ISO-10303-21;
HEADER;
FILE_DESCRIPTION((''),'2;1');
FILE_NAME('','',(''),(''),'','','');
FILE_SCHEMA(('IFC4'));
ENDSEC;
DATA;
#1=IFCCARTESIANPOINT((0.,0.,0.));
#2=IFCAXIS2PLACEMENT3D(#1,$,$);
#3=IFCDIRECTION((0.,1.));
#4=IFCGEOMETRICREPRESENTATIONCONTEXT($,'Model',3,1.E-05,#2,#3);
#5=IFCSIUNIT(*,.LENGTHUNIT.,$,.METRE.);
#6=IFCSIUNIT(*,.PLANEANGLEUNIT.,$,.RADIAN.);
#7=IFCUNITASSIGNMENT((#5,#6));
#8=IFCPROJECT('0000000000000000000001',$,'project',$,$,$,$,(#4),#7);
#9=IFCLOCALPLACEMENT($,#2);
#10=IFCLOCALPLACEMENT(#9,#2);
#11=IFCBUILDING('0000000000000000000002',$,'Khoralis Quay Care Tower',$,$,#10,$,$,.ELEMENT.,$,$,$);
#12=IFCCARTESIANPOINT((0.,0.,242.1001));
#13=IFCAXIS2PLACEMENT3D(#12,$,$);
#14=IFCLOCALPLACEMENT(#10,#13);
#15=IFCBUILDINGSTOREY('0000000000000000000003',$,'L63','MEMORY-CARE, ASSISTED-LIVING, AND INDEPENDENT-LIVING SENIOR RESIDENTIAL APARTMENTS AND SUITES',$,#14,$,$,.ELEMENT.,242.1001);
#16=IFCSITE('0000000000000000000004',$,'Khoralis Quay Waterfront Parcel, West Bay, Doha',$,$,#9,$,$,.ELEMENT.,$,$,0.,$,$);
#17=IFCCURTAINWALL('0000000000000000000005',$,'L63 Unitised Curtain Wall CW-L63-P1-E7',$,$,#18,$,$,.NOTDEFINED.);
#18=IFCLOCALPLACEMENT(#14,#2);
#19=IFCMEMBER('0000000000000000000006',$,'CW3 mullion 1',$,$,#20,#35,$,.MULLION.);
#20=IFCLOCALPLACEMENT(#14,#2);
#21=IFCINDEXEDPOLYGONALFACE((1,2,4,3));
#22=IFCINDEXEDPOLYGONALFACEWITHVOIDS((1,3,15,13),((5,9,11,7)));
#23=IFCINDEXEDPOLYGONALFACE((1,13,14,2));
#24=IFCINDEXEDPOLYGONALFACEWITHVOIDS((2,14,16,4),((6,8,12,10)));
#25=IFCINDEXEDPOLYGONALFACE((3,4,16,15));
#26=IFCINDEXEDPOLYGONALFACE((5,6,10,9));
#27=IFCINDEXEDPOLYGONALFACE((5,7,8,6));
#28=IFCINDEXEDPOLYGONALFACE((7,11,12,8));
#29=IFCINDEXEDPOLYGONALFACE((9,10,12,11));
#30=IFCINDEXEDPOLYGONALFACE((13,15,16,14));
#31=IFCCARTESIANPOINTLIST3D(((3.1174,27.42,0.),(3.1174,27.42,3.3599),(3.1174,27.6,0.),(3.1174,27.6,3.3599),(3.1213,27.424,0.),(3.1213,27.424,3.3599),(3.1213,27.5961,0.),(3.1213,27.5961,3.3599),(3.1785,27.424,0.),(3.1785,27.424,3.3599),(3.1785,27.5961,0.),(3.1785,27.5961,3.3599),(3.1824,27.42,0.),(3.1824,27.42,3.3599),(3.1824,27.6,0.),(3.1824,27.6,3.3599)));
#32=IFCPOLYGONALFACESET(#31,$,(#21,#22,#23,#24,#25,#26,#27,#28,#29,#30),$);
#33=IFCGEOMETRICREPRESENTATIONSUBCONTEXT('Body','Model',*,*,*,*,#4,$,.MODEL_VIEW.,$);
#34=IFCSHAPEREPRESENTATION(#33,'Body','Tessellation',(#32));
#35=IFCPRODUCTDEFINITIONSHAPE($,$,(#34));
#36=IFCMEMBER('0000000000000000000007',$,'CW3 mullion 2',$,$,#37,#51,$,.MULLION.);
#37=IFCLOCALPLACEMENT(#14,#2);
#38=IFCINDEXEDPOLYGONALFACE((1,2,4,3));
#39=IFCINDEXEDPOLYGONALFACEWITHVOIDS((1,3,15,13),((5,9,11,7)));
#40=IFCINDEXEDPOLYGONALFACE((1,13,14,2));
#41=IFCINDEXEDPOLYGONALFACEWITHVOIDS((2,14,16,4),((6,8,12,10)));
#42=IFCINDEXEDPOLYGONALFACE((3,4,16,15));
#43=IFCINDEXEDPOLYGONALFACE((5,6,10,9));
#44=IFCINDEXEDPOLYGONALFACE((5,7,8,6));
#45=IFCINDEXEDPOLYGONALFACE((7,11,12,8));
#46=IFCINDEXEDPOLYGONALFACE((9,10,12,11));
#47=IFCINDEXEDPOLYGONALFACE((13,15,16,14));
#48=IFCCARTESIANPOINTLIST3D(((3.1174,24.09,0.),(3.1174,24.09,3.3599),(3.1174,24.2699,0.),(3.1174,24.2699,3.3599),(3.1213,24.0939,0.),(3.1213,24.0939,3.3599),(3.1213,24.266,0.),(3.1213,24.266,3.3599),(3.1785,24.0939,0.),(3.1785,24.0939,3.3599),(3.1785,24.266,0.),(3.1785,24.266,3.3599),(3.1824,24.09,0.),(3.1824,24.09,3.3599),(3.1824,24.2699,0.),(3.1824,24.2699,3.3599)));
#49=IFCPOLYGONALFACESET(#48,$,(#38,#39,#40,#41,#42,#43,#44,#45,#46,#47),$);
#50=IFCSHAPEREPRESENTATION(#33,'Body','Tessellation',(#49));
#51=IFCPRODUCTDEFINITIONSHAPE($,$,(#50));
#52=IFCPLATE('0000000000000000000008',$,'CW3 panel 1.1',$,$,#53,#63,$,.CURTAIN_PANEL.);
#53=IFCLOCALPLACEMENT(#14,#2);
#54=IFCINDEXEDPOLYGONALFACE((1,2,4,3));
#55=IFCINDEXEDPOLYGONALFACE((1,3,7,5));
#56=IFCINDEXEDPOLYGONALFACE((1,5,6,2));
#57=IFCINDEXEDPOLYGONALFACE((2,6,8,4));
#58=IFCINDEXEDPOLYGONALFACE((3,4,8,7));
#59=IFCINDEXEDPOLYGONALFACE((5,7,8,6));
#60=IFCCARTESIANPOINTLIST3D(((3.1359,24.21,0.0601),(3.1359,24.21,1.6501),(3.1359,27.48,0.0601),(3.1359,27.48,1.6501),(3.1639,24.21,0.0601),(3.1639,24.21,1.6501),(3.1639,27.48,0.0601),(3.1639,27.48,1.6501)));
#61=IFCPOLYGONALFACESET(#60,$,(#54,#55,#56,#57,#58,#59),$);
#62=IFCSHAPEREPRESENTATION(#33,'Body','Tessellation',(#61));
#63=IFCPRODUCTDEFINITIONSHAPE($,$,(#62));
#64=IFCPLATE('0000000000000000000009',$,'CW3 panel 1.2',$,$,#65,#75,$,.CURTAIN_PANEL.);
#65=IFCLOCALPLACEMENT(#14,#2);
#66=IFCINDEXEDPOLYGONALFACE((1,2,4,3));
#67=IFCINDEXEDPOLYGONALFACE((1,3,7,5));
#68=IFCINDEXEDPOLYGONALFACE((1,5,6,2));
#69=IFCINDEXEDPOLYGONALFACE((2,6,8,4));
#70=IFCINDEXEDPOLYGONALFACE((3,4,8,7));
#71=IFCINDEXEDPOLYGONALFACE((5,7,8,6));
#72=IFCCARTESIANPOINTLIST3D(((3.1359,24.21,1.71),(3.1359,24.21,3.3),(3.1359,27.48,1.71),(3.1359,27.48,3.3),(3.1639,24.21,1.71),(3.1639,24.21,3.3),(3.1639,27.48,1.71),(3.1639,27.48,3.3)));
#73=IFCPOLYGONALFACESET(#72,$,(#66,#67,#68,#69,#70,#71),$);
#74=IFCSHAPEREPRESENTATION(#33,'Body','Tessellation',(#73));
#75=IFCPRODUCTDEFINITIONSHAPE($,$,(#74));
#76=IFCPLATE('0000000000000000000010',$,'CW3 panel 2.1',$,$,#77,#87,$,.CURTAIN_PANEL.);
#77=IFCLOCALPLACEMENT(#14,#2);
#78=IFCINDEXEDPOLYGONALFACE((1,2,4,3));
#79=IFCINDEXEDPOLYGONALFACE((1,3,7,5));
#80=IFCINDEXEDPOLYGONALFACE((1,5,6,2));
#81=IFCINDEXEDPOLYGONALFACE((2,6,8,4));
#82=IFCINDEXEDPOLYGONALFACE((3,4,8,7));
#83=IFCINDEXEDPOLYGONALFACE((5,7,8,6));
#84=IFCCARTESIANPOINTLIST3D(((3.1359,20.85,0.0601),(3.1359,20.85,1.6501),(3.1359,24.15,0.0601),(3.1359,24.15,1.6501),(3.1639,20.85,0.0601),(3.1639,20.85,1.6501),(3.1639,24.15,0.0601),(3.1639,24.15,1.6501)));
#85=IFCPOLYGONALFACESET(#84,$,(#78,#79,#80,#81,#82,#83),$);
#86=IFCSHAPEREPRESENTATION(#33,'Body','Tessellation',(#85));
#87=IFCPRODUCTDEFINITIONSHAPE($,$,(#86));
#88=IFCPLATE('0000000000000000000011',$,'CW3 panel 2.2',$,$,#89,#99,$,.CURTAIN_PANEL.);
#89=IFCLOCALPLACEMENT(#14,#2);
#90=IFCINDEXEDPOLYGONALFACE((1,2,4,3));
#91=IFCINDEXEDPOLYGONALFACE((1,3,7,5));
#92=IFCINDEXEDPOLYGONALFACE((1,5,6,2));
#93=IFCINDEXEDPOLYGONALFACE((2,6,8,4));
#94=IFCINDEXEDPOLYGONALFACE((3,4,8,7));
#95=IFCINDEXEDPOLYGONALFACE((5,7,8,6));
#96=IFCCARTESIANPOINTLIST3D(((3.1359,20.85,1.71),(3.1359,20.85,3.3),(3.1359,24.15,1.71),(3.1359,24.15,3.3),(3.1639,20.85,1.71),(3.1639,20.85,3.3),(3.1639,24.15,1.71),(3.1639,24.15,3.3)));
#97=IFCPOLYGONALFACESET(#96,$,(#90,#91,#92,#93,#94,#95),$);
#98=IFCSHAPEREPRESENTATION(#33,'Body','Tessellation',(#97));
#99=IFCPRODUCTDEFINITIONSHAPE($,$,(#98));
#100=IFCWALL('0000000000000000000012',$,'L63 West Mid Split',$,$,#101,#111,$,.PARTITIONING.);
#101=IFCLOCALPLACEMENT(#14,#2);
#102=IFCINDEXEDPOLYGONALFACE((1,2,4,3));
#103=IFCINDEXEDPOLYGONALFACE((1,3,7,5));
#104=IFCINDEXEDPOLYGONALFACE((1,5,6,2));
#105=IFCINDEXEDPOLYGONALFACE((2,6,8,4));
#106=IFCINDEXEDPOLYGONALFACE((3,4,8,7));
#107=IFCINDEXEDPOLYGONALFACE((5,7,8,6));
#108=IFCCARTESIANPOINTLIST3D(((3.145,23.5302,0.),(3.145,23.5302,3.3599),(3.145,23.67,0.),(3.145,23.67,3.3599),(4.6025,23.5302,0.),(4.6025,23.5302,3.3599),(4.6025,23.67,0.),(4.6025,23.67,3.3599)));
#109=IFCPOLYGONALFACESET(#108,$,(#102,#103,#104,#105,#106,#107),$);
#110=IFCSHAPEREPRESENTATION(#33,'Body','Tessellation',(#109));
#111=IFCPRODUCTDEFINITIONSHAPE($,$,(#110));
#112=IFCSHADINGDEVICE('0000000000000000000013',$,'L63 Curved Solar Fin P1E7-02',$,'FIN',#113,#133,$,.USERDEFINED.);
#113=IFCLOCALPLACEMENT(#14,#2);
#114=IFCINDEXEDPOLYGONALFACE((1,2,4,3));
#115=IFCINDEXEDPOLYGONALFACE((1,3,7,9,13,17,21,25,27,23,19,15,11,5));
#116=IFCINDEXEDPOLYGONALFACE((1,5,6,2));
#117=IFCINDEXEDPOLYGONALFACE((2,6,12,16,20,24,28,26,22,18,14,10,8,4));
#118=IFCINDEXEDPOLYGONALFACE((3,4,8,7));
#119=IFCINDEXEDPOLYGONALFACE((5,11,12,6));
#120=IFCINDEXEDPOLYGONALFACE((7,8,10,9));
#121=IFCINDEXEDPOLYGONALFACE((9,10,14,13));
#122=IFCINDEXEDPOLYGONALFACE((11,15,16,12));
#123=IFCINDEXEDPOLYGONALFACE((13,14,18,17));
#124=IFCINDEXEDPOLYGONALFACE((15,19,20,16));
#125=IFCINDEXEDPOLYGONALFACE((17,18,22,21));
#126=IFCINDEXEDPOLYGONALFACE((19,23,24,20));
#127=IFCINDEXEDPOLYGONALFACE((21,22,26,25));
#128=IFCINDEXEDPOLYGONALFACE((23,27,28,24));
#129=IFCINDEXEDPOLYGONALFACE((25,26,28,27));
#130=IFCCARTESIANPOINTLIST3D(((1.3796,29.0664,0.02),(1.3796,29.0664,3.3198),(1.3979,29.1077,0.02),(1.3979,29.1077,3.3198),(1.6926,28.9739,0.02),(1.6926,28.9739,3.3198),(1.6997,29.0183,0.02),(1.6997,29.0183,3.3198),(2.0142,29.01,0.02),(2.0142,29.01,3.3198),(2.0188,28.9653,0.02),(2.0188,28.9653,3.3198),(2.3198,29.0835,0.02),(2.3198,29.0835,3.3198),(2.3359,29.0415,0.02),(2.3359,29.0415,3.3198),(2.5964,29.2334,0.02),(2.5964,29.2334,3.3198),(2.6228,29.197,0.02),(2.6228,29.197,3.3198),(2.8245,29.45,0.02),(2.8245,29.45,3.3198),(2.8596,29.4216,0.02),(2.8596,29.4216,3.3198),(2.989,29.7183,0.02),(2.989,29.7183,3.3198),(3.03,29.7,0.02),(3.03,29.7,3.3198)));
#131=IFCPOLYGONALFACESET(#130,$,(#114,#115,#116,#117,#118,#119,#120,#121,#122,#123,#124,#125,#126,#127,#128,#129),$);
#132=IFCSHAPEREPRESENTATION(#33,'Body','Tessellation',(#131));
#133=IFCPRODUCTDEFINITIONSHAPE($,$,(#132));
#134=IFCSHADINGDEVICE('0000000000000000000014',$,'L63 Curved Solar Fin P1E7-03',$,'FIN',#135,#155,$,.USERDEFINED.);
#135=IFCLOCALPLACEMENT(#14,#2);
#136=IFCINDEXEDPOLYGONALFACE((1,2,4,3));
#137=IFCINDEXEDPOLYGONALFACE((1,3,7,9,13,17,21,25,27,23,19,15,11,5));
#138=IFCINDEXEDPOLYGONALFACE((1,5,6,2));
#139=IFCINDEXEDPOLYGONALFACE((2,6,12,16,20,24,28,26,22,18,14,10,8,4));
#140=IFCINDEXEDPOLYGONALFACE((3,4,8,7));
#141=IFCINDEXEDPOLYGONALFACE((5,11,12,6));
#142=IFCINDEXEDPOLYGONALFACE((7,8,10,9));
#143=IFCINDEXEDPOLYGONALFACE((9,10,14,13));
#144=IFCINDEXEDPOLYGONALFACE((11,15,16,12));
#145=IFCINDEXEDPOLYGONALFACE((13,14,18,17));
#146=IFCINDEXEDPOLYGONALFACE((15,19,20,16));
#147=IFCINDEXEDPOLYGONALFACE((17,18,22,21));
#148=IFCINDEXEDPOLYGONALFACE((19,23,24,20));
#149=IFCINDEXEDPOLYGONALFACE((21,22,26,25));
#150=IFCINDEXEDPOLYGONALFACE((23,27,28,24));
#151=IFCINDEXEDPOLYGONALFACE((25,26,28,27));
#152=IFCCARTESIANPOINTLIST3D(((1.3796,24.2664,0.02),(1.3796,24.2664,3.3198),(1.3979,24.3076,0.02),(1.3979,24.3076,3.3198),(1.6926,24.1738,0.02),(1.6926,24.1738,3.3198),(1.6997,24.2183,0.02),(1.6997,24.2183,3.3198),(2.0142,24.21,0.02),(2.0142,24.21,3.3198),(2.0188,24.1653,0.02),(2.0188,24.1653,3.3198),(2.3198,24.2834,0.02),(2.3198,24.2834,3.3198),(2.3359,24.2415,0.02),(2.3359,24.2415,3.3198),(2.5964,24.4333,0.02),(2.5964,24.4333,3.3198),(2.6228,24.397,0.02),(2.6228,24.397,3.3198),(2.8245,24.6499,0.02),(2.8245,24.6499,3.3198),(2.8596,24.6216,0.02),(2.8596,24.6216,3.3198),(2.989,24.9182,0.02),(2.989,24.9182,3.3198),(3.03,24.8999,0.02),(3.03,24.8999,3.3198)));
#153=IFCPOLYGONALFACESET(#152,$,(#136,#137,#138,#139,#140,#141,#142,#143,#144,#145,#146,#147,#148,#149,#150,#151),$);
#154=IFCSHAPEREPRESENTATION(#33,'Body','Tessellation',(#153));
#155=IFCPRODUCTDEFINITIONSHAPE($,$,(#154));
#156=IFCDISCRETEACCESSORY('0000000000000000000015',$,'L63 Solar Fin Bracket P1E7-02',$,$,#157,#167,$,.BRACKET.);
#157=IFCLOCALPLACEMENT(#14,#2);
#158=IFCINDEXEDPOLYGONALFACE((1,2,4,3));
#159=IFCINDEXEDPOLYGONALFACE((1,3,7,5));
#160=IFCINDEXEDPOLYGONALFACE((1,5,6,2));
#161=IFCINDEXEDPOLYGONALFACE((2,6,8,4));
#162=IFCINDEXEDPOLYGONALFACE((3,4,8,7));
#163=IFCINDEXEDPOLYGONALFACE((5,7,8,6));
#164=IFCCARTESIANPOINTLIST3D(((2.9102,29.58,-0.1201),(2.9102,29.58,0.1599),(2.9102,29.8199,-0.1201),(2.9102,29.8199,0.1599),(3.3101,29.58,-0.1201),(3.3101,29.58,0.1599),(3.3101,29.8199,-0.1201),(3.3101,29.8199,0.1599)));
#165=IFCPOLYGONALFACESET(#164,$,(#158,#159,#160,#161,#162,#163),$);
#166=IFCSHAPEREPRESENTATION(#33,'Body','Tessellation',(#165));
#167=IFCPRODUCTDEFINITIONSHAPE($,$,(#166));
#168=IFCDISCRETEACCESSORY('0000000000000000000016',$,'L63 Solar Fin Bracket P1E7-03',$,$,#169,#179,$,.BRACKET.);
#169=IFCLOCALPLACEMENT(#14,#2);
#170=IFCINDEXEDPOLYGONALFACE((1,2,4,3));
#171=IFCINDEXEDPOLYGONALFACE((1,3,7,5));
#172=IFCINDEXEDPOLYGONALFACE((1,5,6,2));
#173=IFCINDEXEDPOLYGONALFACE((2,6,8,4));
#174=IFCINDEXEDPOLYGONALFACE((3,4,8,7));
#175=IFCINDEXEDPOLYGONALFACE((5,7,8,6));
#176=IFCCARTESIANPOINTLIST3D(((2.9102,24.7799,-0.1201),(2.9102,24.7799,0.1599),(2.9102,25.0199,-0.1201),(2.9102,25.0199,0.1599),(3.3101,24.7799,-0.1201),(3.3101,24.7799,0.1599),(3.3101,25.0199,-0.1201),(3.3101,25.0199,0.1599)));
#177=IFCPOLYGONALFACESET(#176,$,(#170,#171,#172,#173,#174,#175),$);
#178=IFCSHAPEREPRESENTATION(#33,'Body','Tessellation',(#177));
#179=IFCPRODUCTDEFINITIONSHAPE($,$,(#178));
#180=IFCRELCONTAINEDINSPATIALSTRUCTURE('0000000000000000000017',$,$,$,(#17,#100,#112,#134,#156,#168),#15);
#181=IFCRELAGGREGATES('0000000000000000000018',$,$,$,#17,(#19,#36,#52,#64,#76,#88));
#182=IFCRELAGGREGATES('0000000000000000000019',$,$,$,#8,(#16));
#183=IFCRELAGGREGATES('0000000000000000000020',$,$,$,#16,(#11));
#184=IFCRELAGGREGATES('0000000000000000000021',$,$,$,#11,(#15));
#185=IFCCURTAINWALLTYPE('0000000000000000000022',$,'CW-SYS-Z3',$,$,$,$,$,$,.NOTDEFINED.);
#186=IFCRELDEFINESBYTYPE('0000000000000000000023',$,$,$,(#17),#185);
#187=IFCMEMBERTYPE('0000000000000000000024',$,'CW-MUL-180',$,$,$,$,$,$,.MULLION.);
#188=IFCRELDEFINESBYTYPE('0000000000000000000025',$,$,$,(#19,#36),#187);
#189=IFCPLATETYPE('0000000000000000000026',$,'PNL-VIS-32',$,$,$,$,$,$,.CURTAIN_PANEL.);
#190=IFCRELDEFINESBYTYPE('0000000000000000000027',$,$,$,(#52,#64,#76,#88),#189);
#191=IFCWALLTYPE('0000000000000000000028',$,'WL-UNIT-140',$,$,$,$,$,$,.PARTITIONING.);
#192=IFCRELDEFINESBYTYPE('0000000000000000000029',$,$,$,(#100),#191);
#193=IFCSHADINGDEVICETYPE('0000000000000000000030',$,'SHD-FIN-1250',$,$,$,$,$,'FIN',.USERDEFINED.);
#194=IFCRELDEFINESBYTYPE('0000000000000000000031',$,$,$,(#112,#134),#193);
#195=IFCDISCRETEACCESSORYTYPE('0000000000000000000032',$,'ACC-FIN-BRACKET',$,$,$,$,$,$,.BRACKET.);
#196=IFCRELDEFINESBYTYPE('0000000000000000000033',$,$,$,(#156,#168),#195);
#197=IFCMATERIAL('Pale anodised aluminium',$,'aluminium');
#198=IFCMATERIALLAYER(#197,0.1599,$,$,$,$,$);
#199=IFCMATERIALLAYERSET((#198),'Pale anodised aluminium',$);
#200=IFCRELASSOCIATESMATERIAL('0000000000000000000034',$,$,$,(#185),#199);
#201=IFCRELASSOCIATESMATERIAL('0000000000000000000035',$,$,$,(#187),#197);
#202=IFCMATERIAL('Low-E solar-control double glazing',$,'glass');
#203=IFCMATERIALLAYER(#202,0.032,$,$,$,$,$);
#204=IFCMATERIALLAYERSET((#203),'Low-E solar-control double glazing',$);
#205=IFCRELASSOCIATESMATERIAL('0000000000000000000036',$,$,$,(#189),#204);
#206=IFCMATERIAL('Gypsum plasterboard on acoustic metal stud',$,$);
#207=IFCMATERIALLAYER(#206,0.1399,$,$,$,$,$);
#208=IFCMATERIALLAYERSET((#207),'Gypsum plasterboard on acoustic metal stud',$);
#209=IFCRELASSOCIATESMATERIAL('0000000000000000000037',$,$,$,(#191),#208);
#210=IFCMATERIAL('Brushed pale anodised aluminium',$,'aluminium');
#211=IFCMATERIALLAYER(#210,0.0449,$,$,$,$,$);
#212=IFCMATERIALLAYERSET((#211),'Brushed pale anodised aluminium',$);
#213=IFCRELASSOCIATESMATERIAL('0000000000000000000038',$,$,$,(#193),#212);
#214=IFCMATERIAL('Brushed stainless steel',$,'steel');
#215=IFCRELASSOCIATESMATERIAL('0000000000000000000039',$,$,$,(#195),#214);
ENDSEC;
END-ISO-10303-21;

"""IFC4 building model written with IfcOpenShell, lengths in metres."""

from ifc_helpers import new_model, si_unit, direction, frame, frame_2d, origin, origin_2d, place, context, subcontext, project, spatial, polyline, rectangle, hollow_rectangle, outline, extrude, source, transform, mapped, material, layer, layer_set, material_profile, profile_set, type_object, element, aggregate, save


model = new_model("IFC4")

# Units and contexts
model_context = context("Model", 3, precision=1e-05, world=origin(), true_north=direction((0.0, 1.0)))
body_context = subcontext(model_context, "Body", "Model", "MODEL_VIEW")
ifc_project = project(units=[si_unit("LENGTHUNIT", "METRE"), si_unit("PLANEANGLEUNIT", "RADIAN")], contexts=[model_context])

# Site, building, storey
site_placement = place(None, origin())
site = spatial("IfcSite", under=ifc_project, at=site_placement, Name="Khoralis Quay Waterfront Parcel, West Bay, Doha", CompositionType="ELEMENT", RefElevation=0.0)
building_placement = place(site_placement, origin())
building = spatial("IfcBuilding", under=site, at=building_placement, Name="Khoralis Quay Care Tower", CompositionType="ELEMENT")
storey_placement = place(building_placement, frame((0.0, 0.0, 242.1001)))
storey = spatial("IfcBuildingStorey", under=building, at=storey_placement, Name="L63", Description="MEMORY-CARE, ASSISTED-LIVING, AND INDEPENDENT-LIVING SENIOR RESIDENTIAL APARTMENTS AND SUITES", CompositionType="ELEMENT", Elevation=242.1001)

# Curtain wall, members, plates
ifc_material_1 = material(Name="Pale anodised aluminium", Category="aluminium")
ifc_layer_1 = layer(ifc_material_1, 0.1599)
ifc_layer_set_1 = layer_set([ifc_layer_1], Name="Pale anodised aluminium")
curtain_wall_type = type_object("IfcCurtainWallType", Name="CW-SYS-Z3", PredefinedType="NOTDEFINED", material=ifc_layer_set_1)
curtain_wall_placement = place(storey_placement, origin())
curtain_wall = element("IfcCurtainWall", 1, at=curtain_wall_placement, inside=storey, type_object=curtain_wall_type, Name="L63 Unitised Curtain Wall CW-L63-P1-E7", PredefinedType="NOTDEFINED")
ifc_material_profile_1 = material_profile(ifc_material_1, hollow_rectangle(XDim=0.0649, YDim=0.1799, WallThickness=0.0039, at=origin_2d()), Name="Pale anodised aluminium")
ifc_profile_set_1 = profile_set([ifc_material_profile_1], Name="Pale anodised aluminium")
member_type_1 = type_object("IfcMemberType", Name="CW-MUL-180", PredefinedType="MULLION", material=ifc_profile_set_1)
shared_shape_1 = source(origin(), body_context, "Body", "SweptSolid", [
    extrude(hollow_rectangle(XDim=0.0649, YDim=0.1799, WallThickness=0.0039, at=origin_2d()), origin(), (0.0, 0.0, 1.0), 3.3599),
])
member_1_placement = place(storey_placement, frame((3.1499, 27.51, 0.0), z_axis=(0.0, 0.0, 1.0), x_axis=(1.0, 0.0, 0.0)))
member_1 = element("IfcMember", 2, at=member_1_placement, type_object=member_type_1, Name="CW3 mullion 1", PredefinedType="MULLION", context=body_context, shape_type="MappedRepresentation", body=[
    mapped(shared_shape_1, transform((0.0, 0.0, 0.0), scale=1.0)),
])
member_2_placement = place(storey_placement, frame((3.1499, 24.1799, 0.0), z_axis=(0.0, 0.0, 1.0), x_axis=(1.0, 0.0, 0.0)))
member_2 = element("IfcMember", 3, at=member_2_placement, type_object=member_type_1, Name="CW3 mullion 2", PredefinedType="MULLION", context=body_context, shape_type="MappedRepresentation", body=[
    mapped(shared_shape_1, transform((0.0, 0.0, 0.0), scale=1.0)),
])
ifc_material_2 = material(Name="Low-E solar-control double glazing", Category="glass")
ifc_layer_2 = layer(ifc_material_2, 0.032)
ifc_layer_set_2 = layer_set([ifc_layer_2], Name="Low-E solar-control double glazing")
plate_type = type_object("IfcPlateType", Name="PNL-VIS-32", PredefinedType="CURTAIN_PANEL", material=ifc_layer_set_2)
shared_shape_2 = source(origin(), body_context, "Body", "SweptSolid", [
    extrude(rectangle(XDim=3.27, YDim=0.0281, at=origin_2d()), origin(), (0.0, 0.0, 1.0), 1.5901),
])
plate_1_placement = place(storey_placement, frame((3.1499, 25.845, 0.0601), z_axis=(0.0, 0.0, 1.0), x_axis=(0.0, -1.0, 0.0)))
plate_1 = element("IfcPlate", 4, at=plate_1_placement, type_object=plate_type, Name="CW3 panel 1.1", PredefinedType="CURTAIN_PANEL", context=body_context, shape_type="MappedRepresentation", body=[
    mapped(shared_shape_2, transform((0.0, 0.0, 0.0), scale=1.0)),
])
plate_2_placement = place(storey_placement, frame((3.1499, 25.845, 1.71), z_axis=(0.0, 0.0, 1.0), x_axis=(0.0, -1.0, 0.0)))
plate_2 = element("IfcPlate", 5, at=plate_2_placement, type_object=plate_type, Name="CW3 panel 1.2", PredefinedType="CURTAIN_PANEL", context=body_context, shape_type="MappedRepresentation", body=[
    mapped(shared_shape_2, transform((0.0, 0.0, 0.0), scale=1.0)),
])
shared_shape_3 = source(origin(), body_context, "Body", "SweptSolid", [
    extrude(rectangle(XDim=3.3, YDim=0.0281, at=origin_2d()), origin(), (0.0, 0.0, 1.0), 1.5901),
])
plate_3_placement = place(storey_placement, frame((3.1499, 22.5, 0.0601), z_axis=(0.0, 0.0, 1.0), x_axis=(0.0, -1.0, 0.0)))
plate_3 = element("IfcPlate", 6, at=plate_3_placement, type_object=plate_type, Name="CW3 panel 2.1", PredefinedType="CURTAIN_PANEL", context=body_context, shape_type="MappedRepresentation", body=[
    mapped(shared_shape_3, transform((0.0, 0.0, 0.0), scale=1.0)),
])
plate_4_placement = place(storey_placement, frame((3.1499, 22.5, 1.71), z_axis=(0.0, 0.0, 1.0), x_axis=(0.0, -1.0, 0.0)))
plate_4 = element("IfcPlate", 7, at=plate_4_placement, type_object=plate_type, Name="CW3 panel 2.2", PredefinedType="CURTAIN_PANEL", context=body_context, shape_type="MappedRepresentation", body=[
    mapped(shared_shape_3, transform((0.0, 0.0, 0.0), scale=1.0)),
])
aggregate(curtain_wall, [member_1, member_2, plate_1, plate_2, plate_3, plate_4])

# Wall
ifc_material_3 = material(Name="Gypsum plasterboard on acoustic metal stud")
ifc_layer_3 = layer(ifc_material_3, 0.1399)
ifc_layer_set_3 = layer_set([ifc_layer_3], Name="Gypsum plasterboard on acoustic metal stud")
wall_type = type_object("IfcWallType", Name="WL-UNIT-140", PredefinedType="PARTITIONING", material=ifc_layer_set_3)
wall_placement = place(storey_placement, frame((3.145, 23.6001, 0.0), z_axis=(0.0, 0.0, 1.0), x_axis=(1.0, 0.0, 0.0)))
element("IfcWall", 8, at=wall_placement, inside=storey, type_object=wall_type, Name="L63 West Mid Split", PredefinedType="PARTITIONING", context=body_context, shape_type="SweptSolid", body=[
    extrude(rectangle(XDim=1.4575, YDim=0.1399, at=frame_2d((0.7288, 0.0))), origin(), (0.0, 0.0, 1.0), 3.3599),
])

# Shading devices
ifc_material_4 = material(Name="Brushed pale anodised aluminium", Category="aluminium")
ifc_layer_4 = layer(ifc_material_4, 0.0449)
ifc_layer_set_4 = layer_set([ifc_layer_4], Name="Brushed pale anodised aluminium")
shading_device_type = type_object("IfcShadingDeviceType", Name="SHD-FIN-1250", ElementType="FIN", PredefinedType="USERDEFINED", material=ifc_layer_set_4)
shared_shape_4 = source(origin(), body_context, "Body", "SweptSolid", [
    extrude(outline(polyline([(0.0, 0.0), (0.1704, 0.2783), (0.4072, 0.5029), (0.6941, 0.6584), (1.0112, 0.7346), (1.3374, 0.7261), (1.6504, 0.6335), (1.6321, 0.5923), (1.3303, 0.6816), (1.0159, 0.6899), (0.7102, 0.6165), (0.4336, 0.4666), (0.2056, 0.25), (0.041, -0.0183), (0.0, 0.0)])), origin(), (0.0, 0.0, 1.0), 3.2998),
])
for number, where, z_axis, x_axis, name in (
    (9, (3.03, 29.7, 0.02), (0.0, 0.0, 1.0), (-1.0, 0.0, 0.0), "L63 Curved Solar Fin P1E7-02"),
    (10, (3.03, 24.8999, 0.02), (0.0, 0.0, 1.0), (-1.0, 0.0, 0.0), "L63 Curved Solar Fin P1E7-03"),
):
    element("IfcShadingDevice", number, at=place(storey_placement, frame(where, z_axis=z_axis, x_axis=x_axis)), inside=storey, type_object=shading_device_type, Name=name, ObjectType="FIN", PredefinedType="USERDEFINED", context=body_context, shape_type="MappedRepresentation", body=[
        mapped(shared_shape_4, transform((0.0, 0.0, 0.0), scale=1.0)),
    ])

# Discrete accessories
ifc_material_5 = material(Name="Brushed stainless steel", Category="steel")
discrete_accessory_type = type_object("IfcDiscreteAccessoryType", Name="ACC-FIN-BRACKET", PredefinedType="BRACKET", material=ifc_material_5)
shared_shape_5 = source(origin(), body_context, "Body", "SweptSolid", [
    extrude(rectangle(XDim=0.3999, YDim=0.24, at=origin_2d()), origin(), (0.0, 0.0, 1.0), 0.28),
])
for number, where, z_axis, x_axis, name in (
    (11, (3.1101, 29.7, -0.1201), (0.0, 0.0, 1.0), (-1.0, 0.0, 0.0), "L63 Solar Fin Bracket P1E7-02"),
    (12, (3.1101, 24.8999, -0.1201), (0.0, 0.0, 1.0), (-1.0, 0.0, 0.0), "L63 Solar Fin Bracket P1E7-03"),
):
    element("IfcDiscreteAccessory", number, at=place(storey_placement, frame(where, z_axis=z_axis, x_axis=x_axis)), inside=storey, type_object=discrete_accessory_type, Name=name, PredefinedType="BRACKET", context=body_context, shape_type="MappedRepresentation", body=[
        mapped(shared_shape_5, transform((0.0, 0.0, 0.0), scale=1.0)),
    ])

save(model, "model.ifc")
